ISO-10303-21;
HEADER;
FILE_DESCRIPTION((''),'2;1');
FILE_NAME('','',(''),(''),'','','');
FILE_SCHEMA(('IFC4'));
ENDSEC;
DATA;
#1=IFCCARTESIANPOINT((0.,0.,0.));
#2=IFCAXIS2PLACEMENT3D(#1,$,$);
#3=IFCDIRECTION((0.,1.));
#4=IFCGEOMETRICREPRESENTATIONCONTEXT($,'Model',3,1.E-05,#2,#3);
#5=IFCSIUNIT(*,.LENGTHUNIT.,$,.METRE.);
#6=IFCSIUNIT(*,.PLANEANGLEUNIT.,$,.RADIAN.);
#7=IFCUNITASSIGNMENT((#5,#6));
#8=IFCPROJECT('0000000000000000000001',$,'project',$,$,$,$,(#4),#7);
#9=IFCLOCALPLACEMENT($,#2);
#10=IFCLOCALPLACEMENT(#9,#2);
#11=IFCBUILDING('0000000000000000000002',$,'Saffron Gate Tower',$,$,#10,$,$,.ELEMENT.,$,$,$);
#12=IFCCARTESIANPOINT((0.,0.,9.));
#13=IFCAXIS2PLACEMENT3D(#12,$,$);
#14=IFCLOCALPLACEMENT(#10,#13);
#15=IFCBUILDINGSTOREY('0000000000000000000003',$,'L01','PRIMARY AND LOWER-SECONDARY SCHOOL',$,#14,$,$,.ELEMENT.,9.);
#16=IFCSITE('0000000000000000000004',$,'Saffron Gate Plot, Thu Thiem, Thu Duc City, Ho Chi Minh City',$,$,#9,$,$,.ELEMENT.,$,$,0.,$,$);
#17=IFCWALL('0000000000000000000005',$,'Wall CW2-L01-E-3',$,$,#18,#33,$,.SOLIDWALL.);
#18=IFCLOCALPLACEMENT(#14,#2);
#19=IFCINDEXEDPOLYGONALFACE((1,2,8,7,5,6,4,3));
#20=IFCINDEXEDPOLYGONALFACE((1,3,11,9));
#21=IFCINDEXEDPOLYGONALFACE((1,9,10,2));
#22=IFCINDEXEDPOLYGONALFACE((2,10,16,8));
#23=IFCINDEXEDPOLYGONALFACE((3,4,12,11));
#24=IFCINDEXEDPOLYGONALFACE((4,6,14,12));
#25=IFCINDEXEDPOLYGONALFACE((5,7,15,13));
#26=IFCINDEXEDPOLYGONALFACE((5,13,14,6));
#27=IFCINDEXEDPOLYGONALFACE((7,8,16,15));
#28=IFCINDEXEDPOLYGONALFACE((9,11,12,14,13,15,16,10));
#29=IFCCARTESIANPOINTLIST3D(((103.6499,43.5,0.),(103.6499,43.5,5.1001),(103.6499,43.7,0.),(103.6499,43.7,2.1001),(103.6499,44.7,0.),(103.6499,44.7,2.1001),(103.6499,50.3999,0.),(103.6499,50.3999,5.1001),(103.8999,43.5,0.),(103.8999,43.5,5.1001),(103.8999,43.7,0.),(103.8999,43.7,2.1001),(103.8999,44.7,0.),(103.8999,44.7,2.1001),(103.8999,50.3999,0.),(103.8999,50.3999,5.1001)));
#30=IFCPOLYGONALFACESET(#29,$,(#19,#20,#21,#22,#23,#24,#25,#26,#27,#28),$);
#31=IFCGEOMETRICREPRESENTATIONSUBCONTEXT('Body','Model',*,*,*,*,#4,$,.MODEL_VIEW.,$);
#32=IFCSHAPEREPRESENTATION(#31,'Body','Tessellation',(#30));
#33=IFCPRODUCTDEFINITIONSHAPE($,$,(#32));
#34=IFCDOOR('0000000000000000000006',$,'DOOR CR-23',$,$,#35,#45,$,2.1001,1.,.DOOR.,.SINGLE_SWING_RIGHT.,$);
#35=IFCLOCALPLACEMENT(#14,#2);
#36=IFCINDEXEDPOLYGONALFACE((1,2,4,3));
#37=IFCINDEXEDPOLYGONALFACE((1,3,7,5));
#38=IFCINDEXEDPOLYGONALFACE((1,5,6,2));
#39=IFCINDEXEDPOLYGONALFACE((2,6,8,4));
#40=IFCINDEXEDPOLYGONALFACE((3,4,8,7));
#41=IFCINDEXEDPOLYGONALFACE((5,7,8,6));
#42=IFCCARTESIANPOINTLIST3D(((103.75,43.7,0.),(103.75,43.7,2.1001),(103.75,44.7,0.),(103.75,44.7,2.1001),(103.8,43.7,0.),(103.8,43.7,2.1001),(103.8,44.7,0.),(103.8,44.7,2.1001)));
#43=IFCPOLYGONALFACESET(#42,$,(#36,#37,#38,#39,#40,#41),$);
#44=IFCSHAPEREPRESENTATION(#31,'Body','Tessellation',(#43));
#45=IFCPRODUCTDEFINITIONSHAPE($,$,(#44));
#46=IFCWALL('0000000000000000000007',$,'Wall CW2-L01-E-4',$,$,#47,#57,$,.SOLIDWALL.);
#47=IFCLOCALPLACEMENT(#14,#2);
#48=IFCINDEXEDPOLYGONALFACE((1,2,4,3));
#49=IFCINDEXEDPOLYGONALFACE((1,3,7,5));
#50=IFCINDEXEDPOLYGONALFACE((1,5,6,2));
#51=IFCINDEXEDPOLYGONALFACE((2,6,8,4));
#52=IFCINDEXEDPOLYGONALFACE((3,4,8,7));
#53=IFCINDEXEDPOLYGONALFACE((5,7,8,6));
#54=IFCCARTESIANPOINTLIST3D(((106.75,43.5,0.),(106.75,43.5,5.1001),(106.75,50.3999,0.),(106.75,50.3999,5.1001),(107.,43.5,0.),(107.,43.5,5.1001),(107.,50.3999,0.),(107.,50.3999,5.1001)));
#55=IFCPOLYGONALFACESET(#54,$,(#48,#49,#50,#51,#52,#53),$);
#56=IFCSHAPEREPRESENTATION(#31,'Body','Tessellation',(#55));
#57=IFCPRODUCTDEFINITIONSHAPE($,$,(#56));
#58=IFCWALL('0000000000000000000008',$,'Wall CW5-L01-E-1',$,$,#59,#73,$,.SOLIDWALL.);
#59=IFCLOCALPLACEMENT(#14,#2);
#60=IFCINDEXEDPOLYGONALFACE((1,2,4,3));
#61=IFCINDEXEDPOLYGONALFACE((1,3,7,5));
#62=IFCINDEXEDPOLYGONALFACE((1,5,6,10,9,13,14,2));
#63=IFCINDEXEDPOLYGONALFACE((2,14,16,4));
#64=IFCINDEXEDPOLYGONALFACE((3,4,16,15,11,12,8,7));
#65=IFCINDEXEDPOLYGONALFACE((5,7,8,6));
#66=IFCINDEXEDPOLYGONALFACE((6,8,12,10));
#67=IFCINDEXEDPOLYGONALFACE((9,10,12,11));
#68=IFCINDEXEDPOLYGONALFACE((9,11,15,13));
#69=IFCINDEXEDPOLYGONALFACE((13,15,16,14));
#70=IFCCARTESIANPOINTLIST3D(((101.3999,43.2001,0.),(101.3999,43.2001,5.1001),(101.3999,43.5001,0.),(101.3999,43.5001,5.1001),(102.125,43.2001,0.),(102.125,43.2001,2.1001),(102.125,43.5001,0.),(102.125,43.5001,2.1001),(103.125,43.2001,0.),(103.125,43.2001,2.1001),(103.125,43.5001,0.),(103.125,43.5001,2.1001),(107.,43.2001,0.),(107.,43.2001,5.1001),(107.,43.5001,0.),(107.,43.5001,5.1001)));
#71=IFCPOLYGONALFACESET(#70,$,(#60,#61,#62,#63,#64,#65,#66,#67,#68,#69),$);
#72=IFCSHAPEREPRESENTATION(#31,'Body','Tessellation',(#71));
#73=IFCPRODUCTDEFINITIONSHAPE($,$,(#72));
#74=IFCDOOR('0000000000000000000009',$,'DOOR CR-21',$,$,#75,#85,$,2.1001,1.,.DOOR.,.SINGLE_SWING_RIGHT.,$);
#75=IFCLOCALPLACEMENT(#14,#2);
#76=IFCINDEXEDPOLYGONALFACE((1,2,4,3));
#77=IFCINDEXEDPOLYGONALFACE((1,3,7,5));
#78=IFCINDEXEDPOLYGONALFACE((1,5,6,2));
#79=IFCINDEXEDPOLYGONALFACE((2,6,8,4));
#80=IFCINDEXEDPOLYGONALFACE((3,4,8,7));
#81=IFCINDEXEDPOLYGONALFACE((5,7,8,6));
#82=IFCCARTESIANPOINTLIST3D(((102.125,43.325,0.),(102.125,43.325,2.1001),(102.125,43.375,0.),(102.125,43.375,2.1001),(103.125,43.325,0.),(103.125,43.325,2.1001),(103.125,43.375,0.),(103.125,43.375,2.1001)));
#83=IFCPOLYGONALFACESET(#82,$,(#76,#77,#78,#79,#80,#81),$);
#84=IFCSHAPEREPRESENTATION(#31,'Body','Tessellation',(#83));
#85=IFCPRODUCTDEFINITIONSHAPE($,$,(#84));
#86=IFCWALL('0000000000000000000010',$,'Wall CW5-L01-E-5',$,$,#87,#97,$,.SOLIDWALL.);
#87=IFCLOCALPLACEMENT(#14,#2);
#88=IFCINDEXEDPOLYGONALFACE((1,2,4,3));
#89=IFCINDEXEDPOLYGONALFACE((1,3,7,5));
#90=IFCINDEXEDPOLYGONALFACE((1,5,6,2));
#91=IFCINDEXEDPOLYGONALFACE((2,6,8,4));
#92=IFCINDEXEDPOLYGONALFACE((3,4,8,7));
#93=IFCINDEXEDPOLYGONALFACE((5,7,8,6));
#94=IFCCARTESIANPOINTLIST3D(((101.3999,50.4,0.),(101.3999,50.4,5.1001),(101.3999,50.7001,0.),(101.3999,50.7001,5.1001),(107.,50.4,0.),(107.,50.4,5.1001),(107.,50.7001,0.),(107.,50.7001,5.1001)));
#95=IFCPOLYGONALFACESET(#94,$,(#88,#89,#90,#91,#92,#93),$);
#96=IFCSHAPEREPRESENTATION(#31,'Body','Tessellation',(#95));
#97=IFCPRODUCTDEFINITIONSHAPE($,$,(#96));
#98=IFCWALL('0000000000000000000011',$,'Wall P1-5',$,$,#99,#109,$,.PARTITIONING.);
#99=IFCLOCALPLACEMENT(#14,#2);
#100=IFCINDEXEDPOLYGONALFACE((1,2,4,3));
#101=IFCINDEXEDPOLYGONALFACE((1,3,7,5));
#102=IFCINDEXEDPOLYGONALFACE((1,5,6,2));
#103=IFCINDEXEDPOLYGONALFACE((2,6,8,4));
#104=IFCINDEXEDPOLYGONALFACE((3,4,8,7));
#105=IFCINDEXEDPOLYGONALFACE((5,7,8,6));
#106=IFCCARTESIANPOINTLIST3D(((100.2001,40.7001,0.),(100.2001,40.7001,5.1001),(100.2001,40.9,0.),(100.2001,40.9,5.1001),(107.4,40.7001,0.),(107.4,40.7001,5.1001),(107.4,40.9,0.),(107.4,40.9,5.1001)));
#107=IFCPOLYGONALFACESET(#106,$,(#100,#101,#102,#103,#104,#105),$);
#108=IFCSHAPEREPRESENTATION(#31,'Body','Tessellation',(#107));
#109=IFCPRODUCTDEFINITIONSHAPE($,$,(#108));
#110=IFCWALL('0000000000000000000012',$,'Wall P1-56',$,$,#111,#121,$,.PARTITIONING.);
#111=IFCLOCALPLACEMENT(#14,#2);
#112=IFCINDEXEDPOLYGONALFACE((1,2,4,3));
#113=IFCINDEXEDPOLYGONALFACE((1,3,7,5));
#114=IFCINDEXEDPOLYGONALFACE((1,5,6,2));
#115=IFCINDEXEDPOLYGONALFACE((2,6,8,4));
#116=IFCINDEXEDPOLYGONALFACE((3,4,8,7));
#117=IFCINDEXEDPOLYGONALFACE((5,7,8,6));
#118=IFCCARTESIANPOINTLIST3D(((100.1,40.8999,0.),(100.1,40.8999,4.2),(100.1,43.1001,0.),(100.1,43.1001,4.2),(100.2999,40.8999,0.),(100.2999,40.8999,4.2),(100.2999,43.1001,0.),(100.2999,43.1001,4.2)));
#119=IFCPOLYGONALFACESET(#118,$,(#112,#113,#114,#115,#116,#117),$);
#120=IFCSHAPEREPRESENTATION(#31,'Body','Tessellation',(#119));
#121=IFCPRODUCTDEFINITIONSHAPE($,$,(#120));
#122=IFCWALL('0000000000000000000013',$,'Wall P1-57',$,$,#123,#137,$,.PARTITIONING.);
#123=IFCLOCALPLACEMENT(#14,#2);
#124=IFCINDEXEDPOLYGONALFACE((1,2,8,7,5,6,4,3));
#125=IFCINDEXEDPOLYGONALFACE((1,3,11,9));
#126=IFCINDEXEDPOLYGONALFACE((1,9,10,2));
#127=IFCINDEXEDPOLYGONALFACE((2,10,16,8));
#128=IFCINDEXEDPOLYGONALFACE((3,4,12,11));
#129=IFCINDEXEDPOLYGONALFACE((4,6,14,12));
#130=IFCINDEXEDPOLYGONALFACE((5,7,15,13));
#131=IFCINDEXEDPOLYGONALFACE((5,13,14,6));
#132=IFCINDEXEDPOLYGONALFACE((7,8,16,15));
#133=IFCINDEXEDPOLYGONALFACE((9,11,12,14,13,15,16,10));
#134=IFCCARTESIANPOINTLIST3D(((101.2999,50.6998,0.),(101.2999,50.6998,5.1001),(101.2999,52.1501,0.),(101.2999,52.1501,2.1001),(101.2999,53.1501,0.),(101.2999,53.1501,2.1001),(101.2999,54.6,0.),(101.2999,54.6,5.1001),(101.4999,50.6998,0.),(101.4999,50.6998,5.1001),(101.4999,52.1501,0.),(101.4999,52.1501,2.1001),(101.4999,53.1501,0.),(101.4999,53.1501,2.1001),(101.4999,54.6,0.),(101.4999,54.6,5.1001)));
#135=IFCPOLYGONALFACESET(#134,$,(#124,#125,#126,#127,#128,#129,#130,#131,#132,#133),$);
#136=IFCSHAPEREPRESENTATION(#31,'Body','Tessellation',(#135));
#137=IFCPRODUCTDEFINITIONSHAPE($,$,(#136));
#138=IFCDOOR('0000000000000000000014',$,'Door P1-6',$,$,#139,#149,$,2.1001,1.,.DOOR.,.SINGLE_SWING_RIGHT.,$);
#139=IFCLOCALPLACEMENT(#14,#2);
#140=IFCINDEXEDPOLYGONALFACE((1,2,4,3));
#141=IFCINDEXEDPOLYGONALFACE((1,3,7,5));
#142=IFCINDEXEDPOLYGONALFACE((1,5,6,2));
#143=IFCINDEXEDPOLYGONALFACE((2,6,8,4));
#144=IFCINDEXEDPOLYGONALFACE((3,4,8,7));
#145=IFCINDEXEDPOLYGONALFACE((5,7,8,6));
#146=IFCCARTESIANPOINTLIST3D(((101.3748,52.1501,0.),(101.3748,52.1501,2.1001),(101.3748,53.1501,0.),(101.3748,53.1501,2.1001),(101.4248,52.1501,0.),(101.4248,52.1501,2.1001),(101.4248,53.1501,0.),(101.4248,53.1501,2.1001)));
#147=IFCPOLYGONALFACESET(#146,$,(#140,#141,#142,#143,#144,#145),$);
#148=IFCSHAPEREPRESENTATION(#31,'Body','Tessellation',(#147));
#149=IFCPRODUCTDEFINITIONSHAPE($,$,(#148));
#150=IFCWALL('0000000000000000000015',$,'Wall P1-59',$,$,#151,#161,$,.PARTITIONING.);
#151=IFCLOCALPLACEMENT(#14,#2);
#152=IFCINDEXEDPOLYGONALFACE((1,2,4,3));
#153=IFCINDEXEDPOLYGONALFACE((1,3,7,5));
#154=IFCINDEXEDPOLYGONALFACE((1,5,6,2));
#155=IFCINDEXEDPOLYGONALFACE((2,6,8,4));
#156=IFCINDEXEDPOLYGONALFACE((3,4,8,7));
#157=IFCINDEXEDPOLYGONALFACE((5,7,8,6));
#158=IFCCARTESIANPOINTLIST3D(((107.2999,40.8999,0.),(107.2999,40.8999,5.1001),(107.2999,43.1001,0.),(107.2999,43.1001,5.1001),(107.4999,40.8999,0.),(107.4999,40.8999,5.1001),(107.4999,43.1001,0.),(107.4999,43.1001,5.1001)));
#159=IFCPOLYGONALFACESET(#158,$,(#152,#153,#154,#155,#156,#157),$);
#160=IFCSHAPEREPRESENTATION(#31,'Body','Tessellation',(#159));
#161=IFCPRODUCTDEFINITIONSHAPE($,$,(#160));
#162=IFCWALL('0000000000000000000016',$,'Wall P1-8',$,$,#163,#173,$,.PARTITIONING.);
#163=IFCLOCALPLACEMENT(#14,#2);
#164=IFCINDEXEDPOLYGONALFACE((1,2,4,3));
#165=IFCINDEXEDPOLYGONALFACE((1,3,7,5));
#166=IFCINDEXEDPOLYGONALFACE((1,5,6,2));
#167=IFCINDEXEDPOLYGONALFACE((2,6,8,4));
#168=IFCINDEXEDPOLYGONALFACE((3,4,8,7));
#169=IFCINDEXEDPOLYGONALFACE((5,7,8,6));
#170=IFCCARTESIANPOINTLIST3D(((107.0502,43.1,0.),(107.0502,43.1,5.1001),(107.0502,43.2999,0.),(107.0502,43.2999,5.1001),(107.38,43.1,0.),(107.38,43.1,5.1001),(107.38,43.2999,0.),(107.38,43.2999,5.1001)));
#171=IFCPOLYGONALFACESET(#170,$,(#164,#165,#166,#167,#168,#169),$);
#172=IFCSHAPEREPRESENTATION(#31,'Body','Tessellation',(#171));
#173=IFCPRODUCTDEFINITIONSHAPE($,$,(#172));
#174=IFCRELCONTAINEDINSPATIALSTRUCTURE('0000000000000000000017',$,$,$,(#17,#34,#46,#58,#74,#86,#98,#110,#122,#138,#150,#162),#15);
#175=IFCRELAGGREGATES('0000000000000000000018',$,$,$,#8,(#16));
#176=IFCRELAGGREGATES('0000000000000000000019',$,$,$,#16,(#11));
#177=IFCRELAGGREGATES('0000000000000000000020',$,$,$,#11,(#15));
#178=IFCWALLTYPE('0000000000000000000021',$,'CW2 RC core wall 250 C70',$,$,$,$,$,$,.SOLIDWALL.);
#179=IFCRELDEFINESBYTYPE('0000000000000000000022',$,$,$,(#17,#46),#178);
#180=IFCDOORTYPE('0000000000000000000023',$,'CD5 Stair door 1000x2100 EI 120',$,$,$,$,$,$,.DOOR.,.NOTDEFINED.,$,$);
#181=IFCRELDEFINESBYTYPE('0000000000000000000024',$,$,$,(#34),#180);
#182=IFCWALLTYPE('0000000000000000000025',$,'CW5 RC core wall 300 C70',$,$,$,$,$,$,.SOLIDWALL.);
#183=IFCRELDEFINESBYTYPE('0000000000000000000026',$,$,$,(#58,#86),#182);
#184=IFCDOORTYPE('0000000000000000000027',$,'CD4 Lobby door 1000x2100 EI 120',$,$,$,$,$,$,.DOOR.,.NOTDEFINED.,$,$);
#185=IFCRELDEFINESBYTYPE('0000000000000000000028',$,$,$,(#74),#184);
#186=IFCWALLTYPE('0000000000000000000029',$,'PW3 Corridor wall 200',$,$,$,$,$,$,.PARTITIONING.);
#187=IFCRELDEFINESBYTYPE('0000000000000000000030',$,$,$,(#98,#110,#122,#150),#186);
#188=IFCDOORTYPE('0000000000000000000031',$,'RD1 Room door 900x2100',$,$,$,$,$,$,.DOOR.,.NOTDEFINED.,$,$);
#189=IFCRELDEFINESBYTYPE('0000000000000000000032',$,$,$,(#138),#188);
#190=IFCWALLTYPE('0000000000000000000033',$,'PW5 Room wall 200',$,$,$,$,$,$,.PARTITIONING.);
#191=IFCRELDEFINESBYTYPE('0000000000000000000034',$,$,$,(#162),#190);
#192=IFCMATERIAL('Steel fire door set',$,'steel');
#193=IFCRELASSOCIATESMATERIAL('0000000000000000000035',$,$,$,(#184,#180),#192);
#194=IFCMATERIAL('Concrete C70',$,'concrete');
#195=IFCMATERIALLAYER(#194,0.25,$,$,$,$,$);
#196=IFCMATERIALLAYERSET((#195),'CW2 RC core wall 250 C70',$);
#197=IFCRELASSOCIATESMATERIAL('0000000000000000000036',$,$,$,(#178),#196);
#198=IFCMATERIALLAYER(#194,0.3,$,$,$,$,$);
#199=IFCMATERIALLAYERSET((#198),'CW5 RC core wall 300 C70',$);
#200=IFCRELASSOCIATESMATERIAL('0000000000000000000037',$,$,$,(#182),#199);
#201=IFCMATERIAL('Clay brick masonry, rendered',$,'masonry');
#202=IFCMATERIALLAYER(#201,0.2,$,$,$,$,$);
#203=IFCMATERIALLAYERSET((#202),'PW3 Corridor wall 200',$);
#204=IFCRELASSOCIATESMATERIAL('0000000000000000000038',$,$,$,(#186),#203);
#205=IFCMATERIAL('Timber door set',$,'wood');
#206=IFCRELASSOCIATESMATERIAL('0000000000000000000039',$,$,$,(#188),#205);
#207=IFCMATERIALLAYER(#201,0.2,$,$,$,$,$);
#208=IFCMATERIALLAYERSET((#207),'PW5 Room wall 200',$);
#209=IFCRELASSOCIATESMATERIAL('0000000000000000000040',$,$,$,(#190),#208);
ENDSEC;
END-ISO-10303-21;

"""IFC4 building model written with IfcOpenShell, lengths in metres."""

from ifc_helpers import new_model, si_unit, direction, frame, frame_2d, origin, place, context, subcontext, project, spatial, rectangle, extrude, material, layer, layer_set, type_object, element, fill, save


model = new_model("IFC4")

# Units and contexts
model_context = context("Model", 3, precision=1e-05, world=origin(), true_north=direction((0.0, 1.0)))
body_context = subcontext(model_context, "Body", "Model", "MODEL_VIEW")
ifc_project = project(units=[si_unit("LENGTHUNIT", "METRE"), si_unit("PLANEANGLEUNIT", "RADIAN")], contexts=[model_context])

# Site, building, storey
site_placement = place(None, origin())
site = spatial("IfcSite", under=ifc_project, at=site_placement, Name="Saffron Gate Plot, Thu Thiem, Thu Duc City, Ho Chi Minh City", CompositionType="ELEMENT", RefElevation=0.0)
building_placement = place(site_placement, origin())
building = spatial("IfcBuilding", under=site, at=building_placement, Name="Saffron Gate Tower", CompositionType="ELEMENT")
storey_placement = place(building_placement, frame((0.0, 0.0, 9.0)))
storey = spatial("IfcBuildingStorey", under=building, at=storey_placement, Name="L01", Description="PRIMARY AND LOWER-SECONDARY SCHOOL", CompositionType="ELEMENT", Elevation=9.0)

# Wall, opening, door
ifc_material_1 = material(Name="Steel fire door set", Category="steel")
door_type_1 = type_object("IfcDoorType", Name="CD4 Lobby door 1000x2100 EI 120", OperationType="NOTDEFINED", PredefinedType="DOOR", material=ifc_material_1)
ifc_material_2 = material(Name="Concrete C70", Category="concrete")
ifc_layer_1 = layer(ifc_material_2, 0.25)
ifc_layer_set_1 = layer_set([ifc_layer_1], Name="CW2 RC core wall 250 C70")
wall_type_1 = type_object("IfcWallType", Name="CW2 RC core wall 250 C70", PredefinedType="SOLIDWALL", material=ifc_layer_set_1)
wall_1_placement = place(storey_placement, frame((103.7749, 43.5, 0.0), z_axis=(0.0, 0.0, 1.0), x_axis=(0.0, 1.0, 0.0)))
wall_1 = element("IfcWall", 1, at=wall_1_placement, inside=storey, type_object=wall_type_1, Name="Wall CW2-L01-E-3", PredefinedType="SOLIDWALL", context=body_context, shape_type="SweptSolid", body=[
    extrude(rectangle(XDim=6.8999, YDim=0.25, at=frame_2d((3.45, 0.0))), origin(), (0.0, 0.0, 1.0), 5.1001),
])
opening_1_placement = place(wall_1_placement, frame((0.2, 0.0, 0.0)))
opening_1 = element("IfcOpeningElement", 2, at=opening_1_placement, cuts=wall_1, PredefinedType="OPENING", context=body_context, shape_type="SweptSolid", body=[
    extrude(rectangle(XDim=1.0, YDim=2.1001, at=frame_2d((0.5, 1.05))), frame((0.0, 0.135, 0.0), z_axis=(0.0, -1.0, 0.0), x_axis=(1.0, 0.0, 0.0)), (0.0, 0.0, 1.0), 0.27),
])
door_type_2 = type_object("IfcDoorType", Name="CD5 Stair door 1000x2100 EI 120", OperationType="NOTDEFINED", PredefinedType="DOOR", material=ifc_material_1)
door_1_placement = place(opening_1_placement, origin())
door_1 = element("IfcDoor", 3, at=door_1_placement, inside=storey, type_object=door_type_2, Name="DOOR CR-23", OperationType="SINGLE_SWING_RIGHT", OverallHeight=2.1001, OverallWidth=1.0, PredefinedType="DOOR", context=body_context, shape_type="SweptSolid", body=[
    extrude(rectangle(XDim=1.0, YDim=2.1001, at=frame_2d((0.5, 1.05))), frame((0.0, 0.0249, 0.0), z_axis=(0.0, -1.0, 0.0), x_axis=(1.0, 0.0, 0.0)), (0.0, 0.0, 1.0), 0.05),
])
fill(opening_1, door_1)

# Wall
wall_2_placement = place(storey_placement, frame((106.875, 43.5, 0.0), z_axis=(0.0, 0.0, 1.0), x_axis=(0.0, 1.0, 0.0)))
element("IfcWall", 4, at=wall_2_placement, inside=storey, type_object=wall_type_1, Name="Wall CW2-L01-E-4", PredefinedType="SOLIDWALL", context=body_context, shape_type="SweptSolid", body=[
    extrude(rectangle(XDim=6.8999, YDim=0.25, at=frame_2d((3.45, 0.0))), origin(), (0.0, 0.0, 1.0), 5.1001),
])

# Wall, opening, door
ifc_layer_2 = layer(ifc_material_2, 0.3)
ifc_layer_set_2 = layer_set([ifc_layer_2], Name="CW5 RC core wall 300 C70")
wall_type_2 = type_object("IfcWallType", Name="CW5 RC core wall 300 C70", PredefinedType="SOLIDWALL", material=ifc_layer_set_2)
wall_3_placement = place(storey_placement, frame((101.3999, 43.3501, 0.0), z_axis=(0.0, 0.0, 1.0), x_axis=(1.0, 0.0, 0.0)))
wall_3 = element("IfcWall", 5, at=wall_3_placement, inside=storey, type_object=wall_type_2, Name="Wall CW5-L01-E-1", PredefinedType="SOLIDWALL", context=body_context, shape_type="SweptSolid", body=[
    extrude(rectangle(XDim=5.6001, YDim=0.3, at=frame_2d((2.8, 0.0))), origin(), (0.0, 0.0, 1.0), 5.1001),
])
opening_2_placement = place(wall_3_placement, frame((0.7251, 0.0, 0.0)))
opening_2 = element("IfcOpeningElement", 6, at=opening_2_placement, cuts=wall_3, PredefinedType="OPENING", context=body_context, shape_type="SweptSolid", body=[
    extrude(rectangle(XDim=1.0, YDim=2.1001, at=frame_2d((0.5, 1.05))), frame((0.0, 0.1602, 0.0), z_axis=(0.0, -1.0, 0.0), x_axis=(1.0, 0.0, 0.0)), (0.0, 0.0, 1.0), 0.3201),
])
door_2_placement = place(opening_2_placement, origin())
door_2 = element("IfcDoor", 7, at=door_2_placement, inside=storey, type_object=door_type_1, Name="DOOR CR-21", OperationType="SINGLE_SWING_RIGHT", OverallHeight=2.1001, OverallWidth=1.0, PredefinedType="DOOR", context=body_context, shape_type="SweptSolid", body=[
    extrude(rectangle(XDim=1.0, YDim=2.1001, at=frame_2d((0.5, 1.05))), frame((0.0, 0.0249, 0.0), z_axis=(0.0, -1.0, 0.0), x_axis=(1.0, 0.0, 0.0)), (0.0, 0.0, 1.0), 0.05),
])
fill(opening_2, door_2)

# Walls
wall_4_placement = place(storey_placement, frame((101.3999, 50.55, 0.0), z_axis=(0.0, 0.0, 1.0), x_axis=(1.0, 0.0, 0.0)))
element("IfcWall", 8, at=wall_4_placement, inside=storey, type_object=wall_type_2, Name="Wall CW5-L01-E-5", PredefinedType="SOLIDWALL", context=body_context, shape_type="SweptSolid", body=[
    extrude(rectangle(XDim=5.6001, YDim=0.3, at=frame_2d((2.8, 0.0))), origin(), (0.0, 0.0, 1.0), 5.1001),
])
ifc_material_3 = material(Name="Clay brick masonry, rendered", Category="masonry")
ifc_layer_3 = layer(ifc_material_3, 0.2)
ifc_layer_set_3 = layer_set([ifc_layer_3], Name="PW3 Corridor wall 200")
wall_type_3 = type_object("IfcWallType", Name="PW3 Corridor wall 200", PredefinedType="PARTITIONING", material=ifc_layer_set_3)
wall_5_placement = place(storey_placement, frame((100.2, 40.8, 0.0), z_axis=(0.0, 0.0, 1.0), x_axis=(1.0, 0.0, 0.0)))
element("IfcWall", 9, at=wall_5_placement, inside=storey, type_object=wall_type_3, Name="Wall P1-5", PredefinedType="PARTITIONING", context=body_context, shape_type="SweptSolid", body=[
    extrude(rectangle(XDim=7.2, YDim=0.2, at=frame_2d((3.6001, 0.0))), origin(), (0.0, 0.0, 1.0), 5.1001),
])
wall_6_placement = place(storey_placement, frame((100.2, 43.1001, 0.0), z_axis=(0.0, 0.0, 1.0), x_axis=(0.0, -1.0, 0.0)))
element("IfcWall", 10, at=wall_6_placement, inside=storey, type_object=wall_type_3, Name="Wall P1-56", PredefinedType="PARTITIONING", context=body_context, shape_type="SweptSolid", body=[
    extrude(rectangle(XDim=2.2002, YDim=0.2, at=frame_2d((1.1001, 0.0))), origin(), (0.0, 0.0, 1.0), 4.2),
])

# Wall, opening, door
wall_7_placement = place(storey_placement, frame((101.3999, 54.6001, 0.0), z_axis=(0.0, 0.0, 1.0), x_axis=(0.0, -1.0, 0.0)))
wall_7 = element("IfcWall", 11, at=wall_7_placement, inside=storey, type_object=wall_type_3, Name="Wall P1-57", PredefinedType="PARTITIONING", context=body_context, shape_type="SweptSolid", body=[
    extrude(rectangle(XDim=3.9001, YDim=0.2, at=frame_2d((1.9502, 0.0))), origin(), (0.0, 0.0, 1.0), 5.1001),
])
opening_3_placement = place(wall_7_placement, frame((1.45, 0.0, 0.0)))
opening_3 = element("IfcOpeningElement", 12, at=opening_3_placement, cuts=wall_7, PredefinedType="OPENING", context=body_context, shape_type="SweptSolid", body=[
    extrude(rectangle(XDim=1.0, YDim=2.1001, at=frame_2d((0.5, 1.05))), frame((0.0, 0.1099, 0.0), z_axis=(0.0, -1.0, 0.0), x_axis=(1.0, 0.0, 0.0)), (0.0, 0.0, 1.0), 0.22),
])
ifc_material_4 = material(Name="Timber door set", Category="wood")
door_type_3 = type_object("IfcDoorType", Name="RD1 Room door 900x2100", OperationType="NOTDEFINED", PredefinedType="DOOR", material=ifc_material_4)
door_3_placement = place(opening_3_placement, origin())
door_3 = element("IfcDoor", 13, at=door_3_placement, inside=storey, type_object=door_type_3, Name="Door P1-6", OperationType="SINGLE_SWING_RIGHT", OverallHeight=2.1001, OverallWidth=1.0, PredefinedType="DOOR", context=body_context, shape_type="SweptSolid", body=[
    extrude(rectangle(XDim=1.0, YDim=2.1001, at=frame_2d((0.5, 1.05))), frame((0.0, 0.0249, 0.0), z_axis=(0.0, -1.0, 0.0), x_axis=(1.0, 0.0, 0.0)), (0.0, 0.0, 1.0), 0.05),
])
fill(opening_3, door_3)

# Walls
wall_8_placement = place(storey_placement, frame((107.3999, 43.1001, 0.0), z_axis=(0.0, 0.0, 1.0), x_axis=(0.0, -1.0, 0.0)))
element("IfcWall", 14, at=wall_8_placement, inside=storey, type_object=wall_type_3, Name="Wall P1-59", PredefinedType="PARTITIONING", context=body_context, shape_type="SweptSolid", body=[
    extrude(rectangle(XDim=2.2002, YDim=0.2, at=frame_2d((1.1001, 0.0))), origin(), (0.0, 0.0, 1.0), 5.1001),
])
ifc_layer_4 = layer(ifc_material_3, 0.2)
ifc_layer_set_4 = layer_set([ifc_layer_4], Name="PW5 Room wall 200")
wall_type_4 = type_object("IfcWallType", Name="PW5 Room wall 200", PredefinedType="PARTITIONING", material=ifc_layer_set_4)
wall_9_placement = place(storey_placement, frame((107.05, 43.2, 0.0), z_axis=(0.0, 0.0, 1.0), x_axis=(1.0, 0.0, 0.0)))
element("IfcWall", 15, at=wall_9_placement, inside=storey, type_object=wall_type_4, Name="Wall P1-8", PredefinedType="PARTITIONING", context=body_context, shape_type="SweptSolid", body=[
    extrude(rectangle(XDim=0.3298, YDim=0.2, at=frame_2d((0.165, 0.0))), origin(), (0.0, 0.0, 1.0), 5.1001),
])

save(model, "model.ifc")
